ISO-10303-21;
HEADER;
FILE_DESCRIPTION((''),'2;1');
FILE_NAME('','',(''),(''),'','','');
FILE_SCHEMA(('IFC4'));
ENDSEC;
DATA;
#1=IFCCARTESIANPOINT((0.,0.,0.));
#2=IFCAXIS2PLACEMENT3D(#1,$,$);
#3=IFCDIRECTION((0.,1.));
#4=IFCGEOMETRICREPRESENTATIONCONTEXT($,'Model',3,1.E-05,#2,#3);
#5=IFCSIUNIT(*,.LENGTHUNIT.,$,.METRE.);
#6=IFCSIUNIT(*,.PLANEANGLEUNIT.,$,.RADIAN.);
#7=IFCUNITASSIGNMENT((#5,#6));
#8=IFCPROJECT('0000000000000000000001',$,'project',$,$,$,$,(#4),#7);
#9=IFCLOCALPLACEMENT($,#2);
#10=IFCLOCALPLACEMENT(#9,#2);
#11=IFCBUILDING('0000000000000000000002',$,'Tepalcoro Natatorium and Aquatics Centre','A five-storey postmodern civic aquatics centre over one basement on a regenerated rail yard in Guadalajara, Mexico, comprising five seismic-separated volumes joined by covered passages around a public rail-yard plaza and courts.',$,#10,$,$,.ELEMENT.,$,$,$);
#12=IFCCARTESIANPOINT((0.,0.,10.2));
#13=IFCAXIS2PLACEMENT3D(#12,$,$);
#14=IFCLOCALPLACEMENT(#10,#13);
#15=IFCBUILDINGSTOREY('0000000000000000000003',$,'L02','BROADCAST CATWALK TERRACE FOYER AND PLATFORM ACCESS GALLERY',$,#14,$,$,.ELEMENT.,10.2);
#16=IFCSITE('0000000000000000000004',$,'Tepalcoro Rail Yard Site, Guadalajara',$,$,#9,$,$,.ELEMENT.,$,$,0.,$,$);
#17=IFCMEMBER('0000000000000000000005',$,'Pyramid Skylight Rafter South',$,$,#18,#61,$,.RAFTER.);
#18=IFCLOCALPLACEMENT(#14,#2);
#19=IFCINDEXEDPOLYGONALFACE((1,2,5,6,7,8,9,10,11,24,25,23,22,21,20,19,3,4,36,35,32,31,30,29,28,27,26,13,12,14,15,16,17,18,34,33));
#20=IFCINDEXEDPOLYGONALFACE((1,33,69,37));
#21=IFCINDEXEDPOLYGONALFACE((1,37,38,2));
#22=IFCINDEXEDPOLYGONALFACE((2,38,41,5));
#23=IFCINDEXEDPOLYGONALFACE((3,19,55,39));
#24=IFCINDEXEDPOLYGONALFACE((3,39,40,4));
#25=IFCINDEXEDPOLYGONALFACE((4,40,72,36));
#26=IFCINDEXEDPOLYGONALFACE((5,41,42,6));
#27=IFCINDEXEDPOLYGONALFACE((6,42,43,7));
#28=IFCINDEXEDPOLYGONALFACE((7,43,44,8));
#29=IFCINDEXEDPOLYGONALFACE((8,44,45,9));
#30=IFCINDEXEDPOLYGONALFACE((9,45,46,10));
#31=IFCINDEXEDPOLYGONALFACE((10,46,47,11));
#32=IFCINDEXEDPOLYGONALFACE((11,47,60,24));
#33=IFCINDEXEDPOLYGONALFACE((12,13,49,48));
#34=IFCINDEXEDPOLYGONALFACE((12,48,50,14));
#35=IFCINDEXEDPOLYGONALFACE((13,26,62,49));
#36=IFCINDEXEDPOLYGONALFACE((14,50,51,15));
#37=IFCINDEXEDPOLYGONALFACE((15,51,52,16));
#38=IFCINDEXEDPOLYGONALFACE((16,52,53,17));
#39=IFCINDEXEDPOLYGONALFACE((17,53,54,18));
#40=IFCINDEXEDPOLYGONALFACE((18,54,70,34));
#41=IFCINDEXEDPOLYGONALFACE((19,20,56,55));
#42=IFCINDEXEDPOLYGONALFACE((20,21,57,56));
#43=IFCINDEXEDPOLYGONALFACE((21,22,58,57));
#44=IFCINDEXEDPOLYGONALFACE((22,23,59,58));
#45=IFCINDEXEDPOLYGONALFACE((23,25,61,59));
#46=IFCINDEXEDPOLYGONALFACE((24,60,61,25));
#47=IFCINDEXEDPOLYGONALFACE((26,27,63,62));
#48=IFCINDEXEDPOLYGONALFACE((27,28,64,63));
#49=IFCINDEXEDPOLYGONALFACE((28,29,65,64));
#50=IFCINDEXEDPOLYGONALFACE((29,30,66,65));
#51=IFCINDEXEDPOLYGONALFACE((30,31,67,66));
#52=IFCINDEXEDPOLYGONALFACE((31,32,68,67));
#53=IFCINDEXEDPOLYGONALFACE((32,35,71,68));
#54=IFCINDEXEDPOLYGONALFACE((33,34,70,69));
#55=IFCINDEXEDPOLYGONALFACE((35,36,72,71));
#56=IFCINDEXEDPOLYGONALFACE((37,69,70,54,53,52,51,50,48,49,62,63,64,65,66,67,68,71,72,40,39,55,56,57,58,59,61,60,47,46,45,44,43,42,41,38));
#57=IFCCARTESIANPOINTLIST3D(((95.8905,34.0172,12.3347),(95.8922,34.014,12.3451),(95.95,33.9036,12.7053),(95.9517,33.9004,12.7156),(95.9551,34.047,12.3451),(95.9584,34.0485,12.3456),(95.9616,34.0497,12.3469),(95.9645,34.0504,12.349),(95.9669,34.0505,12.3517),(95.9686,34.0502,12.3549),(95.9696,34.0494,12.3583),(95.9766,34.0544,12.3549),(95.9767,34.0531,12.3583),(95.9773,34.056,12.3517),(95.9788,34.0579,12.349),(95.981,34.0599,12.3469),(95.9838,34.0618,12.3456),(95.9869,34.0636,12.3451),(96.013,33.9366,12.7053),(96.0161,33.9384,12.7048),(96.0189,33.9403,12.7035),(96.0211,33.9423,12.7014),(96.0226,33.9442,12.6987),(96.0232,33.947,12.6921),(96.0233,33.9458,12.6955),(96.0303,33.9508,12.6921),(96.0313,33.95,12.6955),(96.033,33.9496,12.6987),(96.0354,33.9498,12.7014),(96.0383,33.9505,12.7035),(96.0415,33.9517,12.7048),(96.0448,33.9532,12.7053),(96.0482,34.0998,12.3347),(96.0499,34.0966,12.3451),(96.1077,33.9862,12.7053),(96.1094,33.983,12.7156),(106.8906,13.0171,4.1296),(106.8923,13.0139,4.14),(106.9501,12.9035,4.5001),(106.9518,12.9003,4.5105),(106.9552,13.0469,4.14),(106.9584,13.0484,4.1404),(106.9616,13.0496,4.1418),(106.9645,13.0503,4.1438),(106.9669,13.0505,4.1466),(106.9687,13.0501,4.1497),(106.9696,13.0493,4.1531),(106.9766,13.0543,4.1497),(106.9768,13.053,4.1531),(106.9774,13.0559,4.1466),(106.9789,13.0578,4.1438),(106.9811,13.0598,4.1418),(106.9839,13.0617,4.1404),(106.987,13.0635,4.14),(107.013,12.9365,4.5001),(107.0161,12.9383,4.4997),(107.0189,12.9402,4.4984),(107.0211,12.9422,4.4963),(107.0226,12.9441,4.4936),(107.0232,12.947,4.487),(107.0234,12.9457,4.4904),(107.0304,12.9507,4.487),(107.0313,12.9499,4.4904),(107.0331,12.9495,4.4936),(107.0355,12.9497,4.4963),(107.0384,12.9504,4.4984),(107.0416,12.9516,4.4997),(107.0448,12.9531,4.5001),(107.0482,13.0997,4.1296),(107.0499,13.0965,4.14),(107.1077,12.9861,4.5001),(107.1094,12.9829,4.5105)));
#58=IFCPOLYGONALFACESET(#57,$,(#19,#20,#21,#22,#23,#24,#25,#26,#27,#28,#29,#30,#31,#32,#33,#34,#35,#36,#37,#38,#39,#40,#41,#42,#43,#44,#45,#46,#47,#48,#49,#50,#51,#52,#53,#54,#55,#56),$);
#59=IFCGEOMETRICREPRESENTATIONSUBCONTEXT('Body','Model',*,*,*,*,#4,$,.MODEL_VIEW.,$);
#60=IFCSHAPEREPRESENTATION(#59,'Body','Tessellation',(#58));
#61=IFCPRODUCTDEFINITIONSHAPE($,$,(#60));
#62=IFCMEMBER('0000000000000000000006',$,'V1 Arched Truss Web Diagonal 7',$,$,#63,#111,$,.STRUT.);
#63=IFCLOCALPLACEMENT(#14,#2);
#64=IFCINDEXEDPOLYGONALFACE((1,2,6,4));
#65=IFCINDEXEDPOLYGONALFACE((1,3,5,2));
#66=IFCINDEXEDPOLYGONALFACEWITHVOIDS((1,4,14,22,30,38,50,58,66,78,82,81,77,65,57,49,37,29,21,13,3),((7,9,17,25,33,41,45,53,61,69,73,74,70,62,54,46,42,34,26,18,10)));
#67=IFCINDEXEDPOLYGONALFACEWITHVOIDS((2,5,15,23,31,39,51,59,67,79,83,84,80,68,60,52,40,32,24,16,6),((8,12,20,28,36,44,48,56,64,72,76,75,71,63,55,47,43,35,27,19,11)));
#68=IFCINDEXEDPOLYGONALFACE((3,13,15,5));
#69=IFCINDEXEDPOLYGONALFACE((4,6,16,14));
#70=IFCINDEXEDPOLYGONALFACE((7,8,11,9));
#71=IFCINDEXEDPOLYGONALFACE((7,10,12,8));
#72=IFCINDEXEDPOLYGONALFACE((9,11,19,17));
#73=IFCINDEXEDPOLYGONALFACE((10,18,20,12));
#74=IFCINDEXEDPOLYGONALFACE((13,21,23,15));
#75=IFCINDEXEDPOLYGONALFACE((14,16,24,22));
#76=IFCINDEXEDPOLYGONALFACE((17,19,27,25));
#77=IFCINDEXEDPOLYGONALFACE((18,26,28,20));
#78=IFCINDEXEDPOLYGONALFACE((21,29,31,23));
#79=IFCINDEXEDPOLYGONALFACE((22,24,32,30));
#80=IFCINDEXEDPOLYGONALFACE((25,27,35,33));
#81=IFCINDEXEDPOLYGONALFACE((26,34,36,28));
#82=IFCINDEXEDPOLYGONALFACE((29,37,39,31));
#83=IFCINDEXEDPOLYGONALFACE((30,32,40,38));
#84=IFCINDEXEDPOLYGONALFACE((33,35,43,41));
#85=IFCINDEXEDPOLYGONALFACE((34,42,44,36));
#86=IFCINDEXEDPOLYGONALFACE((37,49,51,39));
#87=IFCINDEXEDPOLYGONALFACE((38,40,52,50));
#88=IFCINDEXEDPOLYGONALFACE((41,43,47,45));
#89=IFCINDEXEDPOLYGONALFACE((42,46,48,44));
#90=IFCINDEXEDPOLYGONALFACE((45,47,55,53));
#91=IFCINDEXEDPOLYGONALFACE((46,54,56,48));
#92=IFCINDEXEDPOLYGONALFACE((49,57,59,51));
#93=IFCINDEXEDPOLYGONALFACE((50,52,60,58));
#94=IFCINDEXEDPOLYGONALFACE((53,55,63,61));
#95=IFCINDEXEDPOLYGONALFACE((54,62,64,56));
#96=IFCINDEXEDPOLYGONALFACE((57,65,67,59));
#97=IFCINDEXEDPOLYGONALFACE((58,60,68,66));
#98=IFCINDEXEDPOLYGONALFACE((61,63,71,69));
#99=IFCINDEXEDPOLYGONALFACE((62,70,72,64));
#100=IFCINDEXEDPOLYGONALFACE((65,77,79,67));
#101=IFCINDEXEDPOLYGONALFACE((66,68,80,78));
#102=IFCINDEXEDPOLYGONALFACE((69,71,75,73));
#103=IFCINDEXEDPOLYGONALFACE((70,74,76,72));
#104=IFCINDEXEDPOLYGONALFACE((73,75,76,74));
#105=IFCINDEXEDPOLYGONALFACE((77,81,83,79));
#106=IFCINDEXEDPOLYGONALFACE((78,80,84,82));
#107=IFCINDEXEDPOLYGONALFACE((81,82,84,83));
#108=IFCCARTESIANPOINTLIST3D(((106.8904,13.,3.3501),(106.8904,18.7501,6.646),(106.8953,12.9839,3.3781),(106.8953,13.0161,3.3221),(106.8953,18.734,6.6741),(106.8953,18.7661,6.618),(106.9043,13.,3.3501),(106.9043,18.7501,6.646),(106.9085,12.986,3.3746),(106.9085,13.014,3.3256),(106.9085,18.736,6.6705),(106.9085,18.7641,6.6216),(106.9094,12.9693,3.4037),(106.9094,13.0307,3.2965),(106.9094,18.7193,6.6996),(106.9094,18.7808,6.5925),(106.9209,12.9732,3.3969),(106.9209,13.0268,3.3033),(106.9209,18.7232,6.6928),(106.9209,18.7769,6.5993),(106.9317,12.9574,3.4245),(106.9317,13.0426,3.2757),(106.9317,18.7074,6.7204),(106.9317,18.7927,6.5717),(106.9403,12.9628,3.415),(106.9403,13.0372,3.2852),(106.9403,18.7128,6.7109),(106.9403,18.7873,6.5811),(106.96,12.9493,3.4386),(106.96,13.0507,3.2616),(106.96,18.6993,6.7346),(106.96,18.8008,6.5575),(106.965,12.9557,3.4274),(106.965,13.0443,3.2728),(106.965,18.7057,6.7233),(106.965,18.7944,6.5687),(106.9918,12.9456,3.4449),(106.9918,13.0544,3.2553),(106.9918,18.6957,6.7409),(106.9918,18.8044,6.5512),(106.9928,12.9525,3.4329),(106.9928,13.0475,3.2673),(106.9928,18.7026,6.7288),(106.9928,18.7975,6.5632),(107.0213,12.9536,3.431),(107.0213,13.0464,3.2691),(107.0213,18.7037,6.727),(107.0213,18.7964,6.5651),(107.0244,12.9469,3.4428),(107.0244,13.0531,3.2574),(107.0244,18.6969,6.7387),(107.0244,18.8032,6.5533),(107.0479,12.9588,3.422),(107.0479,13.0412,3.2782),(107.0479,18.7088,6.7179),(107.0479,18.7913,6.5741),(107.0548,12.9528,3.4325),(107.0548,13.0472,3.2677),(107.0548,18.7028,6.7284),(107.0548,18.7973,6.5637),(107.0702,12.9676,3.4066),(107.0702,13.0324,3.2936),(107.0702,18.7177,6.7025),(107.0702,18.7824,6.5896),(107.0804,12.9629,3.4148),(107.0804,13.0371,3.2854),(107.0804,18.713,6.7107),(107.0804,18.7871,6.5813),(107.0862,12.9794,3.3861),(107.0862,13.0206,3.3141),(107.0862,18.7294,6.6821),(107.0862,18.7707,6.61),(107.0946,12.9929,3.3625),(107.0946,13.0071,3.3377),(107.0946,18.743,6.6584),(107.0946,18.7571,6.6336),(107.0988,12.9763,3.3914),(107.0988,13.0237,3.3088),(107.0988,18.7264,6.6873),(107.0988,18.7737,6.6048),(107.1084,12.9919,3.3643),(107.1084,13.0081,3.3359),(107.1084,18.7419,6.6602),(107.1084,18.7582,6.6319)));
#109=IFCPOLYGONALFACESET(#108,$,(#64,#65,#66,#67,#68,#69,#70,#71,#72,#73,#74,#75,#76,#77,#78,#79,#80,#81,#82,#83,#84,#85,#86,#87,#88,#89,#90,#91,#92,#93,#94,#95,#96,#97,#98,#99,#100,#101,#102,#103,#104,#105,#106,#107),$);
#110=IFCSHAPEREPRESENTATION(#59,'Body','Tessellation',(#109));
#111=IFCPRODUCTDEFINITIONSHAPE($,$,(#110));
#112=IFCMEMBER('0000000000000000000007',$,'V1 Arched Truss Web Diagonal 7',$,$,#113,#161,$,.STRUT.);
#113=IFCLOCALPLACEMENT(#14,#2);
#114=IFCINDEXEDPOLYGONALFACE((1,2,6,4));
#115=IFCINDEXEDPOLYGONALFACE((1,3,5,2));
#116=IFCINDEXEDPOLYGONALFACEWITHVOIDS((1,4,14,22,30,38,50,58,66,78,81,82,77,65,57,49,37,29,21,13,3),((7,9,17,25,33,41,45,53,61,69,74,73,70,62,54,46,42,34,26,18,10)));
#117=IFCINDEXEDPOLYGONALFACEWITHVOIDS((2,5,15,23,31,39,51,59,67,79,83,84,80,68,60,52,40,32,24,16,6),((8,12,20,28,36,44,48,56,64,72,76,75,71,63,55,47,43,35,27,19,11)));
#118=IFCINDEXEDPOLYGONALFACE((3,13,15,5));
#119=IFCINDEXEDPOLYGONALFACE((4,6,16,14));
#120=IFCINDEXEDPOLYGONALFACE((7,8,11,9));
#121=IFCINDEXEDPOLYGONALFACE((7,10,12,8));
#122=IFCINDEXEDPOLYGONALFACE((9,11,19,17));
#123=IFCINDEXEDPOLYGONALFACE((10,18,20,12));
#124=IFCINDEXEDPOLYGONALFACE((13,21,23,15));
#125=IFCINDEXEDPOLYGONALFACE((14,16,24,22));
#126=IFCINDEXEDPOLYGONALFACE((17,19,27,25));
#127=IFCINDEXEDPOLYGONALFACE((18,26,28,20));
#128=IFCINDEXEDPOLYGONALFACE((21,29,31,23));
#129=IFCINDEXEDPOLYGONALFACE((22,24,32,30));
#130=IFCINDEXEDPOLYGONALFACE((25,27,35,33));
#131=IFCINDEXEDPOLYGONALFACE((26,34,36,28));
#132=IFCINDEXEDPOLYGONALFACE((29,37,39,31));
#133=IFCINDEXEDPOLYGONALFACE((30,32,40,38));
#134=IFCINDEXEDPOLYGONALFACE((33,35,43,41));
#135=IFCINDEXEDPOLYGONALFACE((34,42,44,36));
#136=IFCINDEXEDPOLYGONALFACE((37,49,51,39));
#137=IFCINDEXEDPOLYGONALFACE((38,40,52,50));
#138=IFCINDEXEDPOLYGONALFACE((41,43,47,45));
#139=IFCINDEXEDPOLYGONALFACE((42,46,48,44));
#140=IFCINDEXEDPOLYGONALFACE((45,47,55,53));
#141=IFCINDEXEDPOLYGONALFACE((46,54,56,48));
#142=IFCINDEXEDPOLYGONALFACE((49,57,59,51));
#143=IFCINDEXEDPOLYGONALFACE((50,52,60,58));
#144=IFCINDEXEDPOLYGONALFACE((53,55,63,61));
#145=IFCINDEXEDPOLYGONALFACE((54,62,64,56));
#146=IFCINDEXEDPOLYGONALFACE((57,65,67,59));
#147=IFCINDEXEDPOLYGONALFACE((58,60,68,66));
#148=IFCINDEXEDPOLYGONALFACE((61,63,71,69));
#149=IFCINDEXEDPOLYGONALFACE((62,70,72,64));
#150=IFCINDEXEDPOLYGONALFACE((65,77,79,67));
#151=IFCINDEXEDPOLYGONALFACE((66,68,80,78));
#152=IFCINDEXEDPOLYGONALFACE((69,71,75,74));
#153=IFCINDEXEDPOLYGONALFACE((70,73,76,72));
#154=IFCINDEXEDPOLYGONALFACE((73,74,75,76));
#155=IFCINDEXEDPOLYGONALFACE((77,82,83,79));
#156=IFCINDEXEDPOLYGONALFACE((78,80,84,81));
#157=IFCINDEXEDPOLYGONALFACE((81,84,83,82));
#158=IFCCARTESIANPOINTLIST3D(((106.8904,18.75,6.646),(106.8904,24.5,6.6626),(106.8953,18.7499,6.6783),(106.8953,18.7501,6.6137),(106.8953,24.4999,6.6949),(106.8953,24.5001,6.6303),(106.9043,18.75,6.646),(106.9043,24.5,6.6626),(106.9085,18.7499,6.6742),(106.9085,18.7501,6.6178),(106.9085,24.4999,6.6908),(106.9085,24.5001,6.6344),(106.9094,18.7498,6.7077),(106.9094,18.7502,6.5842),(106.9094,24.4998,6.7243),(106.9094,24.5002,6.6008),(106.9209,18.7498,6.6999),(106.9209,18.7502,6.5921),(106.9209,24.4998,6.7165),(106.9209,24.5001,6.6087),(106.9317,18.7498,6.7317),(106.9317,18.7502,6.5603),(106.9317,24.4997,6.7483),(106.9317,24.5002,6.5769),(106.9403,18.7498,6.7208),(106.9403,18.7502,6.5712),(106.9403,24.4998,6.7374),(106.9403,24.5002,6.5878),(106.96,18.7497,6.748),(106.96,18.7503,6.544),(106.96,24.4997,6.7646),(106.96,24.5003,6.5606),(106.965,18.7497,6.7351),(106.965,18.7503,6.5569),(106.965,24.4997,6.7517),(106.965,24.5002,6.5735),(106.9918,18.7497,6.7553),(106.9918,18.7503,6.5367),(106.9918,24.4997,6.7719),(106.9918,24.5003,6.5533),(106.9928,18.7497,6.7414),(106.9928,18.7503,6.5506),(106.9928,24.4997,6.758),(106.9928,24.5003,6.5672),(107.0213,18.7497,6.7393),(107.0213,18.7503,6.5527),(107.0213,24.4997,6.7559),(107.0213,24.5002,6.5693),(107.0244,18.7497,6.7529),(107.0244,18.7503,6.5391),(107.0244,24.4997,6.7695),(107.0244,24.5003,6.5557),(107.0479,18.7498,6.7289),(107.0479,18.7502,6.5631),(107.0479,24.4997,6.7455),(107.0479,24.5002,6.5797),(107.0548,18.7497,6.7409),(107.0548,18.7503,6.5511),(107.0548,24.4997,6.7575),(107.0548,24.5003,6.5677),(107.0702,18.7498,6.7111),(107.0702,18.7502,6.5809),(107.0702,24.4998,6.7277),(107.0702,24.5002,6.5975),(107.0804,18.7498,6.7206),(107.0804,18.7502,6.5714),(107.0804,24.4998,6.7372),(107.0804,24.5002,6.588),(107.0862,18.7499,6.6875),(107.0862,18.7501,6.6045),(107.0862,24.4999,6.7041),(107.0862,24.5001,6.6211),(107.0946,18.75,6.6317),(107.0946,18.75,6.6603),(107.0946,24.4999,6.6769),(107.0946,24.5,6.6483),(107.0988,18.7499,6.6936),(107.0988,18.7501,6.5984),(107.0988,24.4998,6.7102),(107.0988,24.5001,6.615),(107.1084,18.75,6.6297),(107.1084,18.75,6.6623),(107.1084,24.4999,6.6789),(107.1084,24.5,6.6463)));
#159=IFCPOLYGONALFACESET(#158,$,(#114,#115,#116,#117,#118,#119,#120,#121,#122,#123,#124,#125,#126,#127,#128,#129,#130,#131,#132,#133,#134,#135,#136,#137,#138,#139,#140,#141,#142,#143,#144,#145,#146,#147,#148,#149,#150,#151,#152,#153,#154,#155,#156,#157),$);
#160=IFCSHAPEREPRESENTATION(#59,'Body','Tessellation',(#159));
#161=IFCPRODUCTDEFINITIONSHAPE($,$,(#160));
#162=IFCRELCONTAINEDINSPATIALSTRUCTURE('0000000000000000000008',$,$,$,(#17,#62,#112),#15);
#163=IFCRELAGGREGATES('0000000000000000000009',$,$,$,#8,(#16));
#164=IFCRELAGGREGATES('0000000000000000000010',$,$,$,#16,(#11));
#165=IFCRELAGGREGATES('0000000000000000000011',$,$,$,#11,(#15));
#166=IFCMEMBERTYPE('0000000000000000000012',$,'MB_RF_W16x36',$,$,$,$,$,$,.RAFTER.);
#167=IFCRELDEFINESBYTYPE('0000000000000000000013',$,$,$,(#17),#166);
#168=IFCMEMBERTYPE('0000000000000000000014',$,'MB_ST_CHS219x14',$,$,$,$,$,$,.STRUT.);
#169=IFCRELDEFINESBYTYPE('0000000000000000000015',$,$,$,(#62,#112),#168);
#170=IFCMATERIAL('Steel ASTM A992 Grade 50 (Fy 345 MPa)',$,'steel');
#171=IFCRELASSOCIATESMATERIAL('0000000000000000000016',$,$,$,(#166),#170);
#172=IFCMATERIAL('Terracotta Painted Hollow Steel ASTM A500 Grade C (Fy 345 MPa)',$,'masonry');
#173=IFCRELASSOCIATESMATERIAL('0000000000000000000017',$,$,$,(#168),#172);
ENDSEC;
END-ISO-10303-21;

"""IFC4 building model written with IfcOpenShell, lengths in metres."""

from ifc_helpers import new_model, si_unit, direction, frame, origin, origin_2d, place, context, subcontext, project, spatial, hollow_circle, i_section, extrude, material, material_profile, profile_set, type_object, element, save


model = new_model("IFC4")

# Units and contexts
model_context = context("Model", 3, precision=1e-05, world=origin(), true_north=direction((0.0, 1.0)))
body_context = subcontext(model_context, "Body", "Model", "MODEL_VIEW")
ifc_project = project(units=[si_unit("LENGTHUNIT", "METRE"), si_unit("PLANEANGLEUNIT", "RADIAN")], contexts=[model_context])

# Site, building, storey
site_placement = place(None, origin())
site = spatial("IfcSite", under=ifc_project, at=site_placement, Name="Tepalcoro Rail Yard Site, Guadalajara", CompositionType="ELEMENT", RefElevation=0.0)
building_placement = place(site_placement, origin())
building = spatial("IfcBuilding", under=site, at=building_placement, Name="Tepalcoro Natatorium and Aquatics Centre", Description="A five-storey postmodern civic aquatics centre over one basement on a regenerated rail yard in Guadalajara, Mexico, comprising five seismic-separated volumes joined by covered passages around a public rail-yard plaza and courts.", CompositionType="ELEMENT")
storey_placement = place(building_placement, frame((0.0, 0.0, 10.2)))
storey = spatial("IfcBuildingStorey", under=building, at=storey_placement, Name="L02", Description="BROADCAST CATWALK TERRACE FOYER AND PLATFORM ACCESS GALLERY", CompositionType="ELEMENT", Elevation=10.2)

# Shared definitions
ifc_material_1 = material(Name="Steel ASTM A992 Grade 50 (Fy 345 MPa)", Category="steel")

# Shared definitions
ifc_material_2 = material(Name="Terracotta Painted Hollow Steel ASTM A500 Grade C (Fy 345 MPa)", Category="masonry")

# Members
ifc_material_profile_1 = material_profile(ifc_material_1, i_section(OverallWidth=0.178, OverallDepth=0.4031, WebThickness=0.0081, FlangeThickness=0.011, FilletRadius=0.0139, at=origin_2d()), Name="W16X36")
ifc_profile_set_1 = profile_set([ifc_material_profile_1], Name="Steel ASTM A992 Grade 50 (Fy 345 MPa)")
member_type_1 = type_object("IfcMemberType", Name="MB_RF_W16x36", PredefinedType="RAFTER", material=ifc_profile_set_1)
member_1_placement = place(storey_placement, frame((107.0, 13.0, 4.3201), z_axis=(-0.438486, 0.83711, 0.327074), x_axis=(-0.885832, -0.464007, 0.0)))
element("IfcMember", 1, at=member_1_placement, inside=storey, type_object=member_type_1, Name="Pyramid Skylight Rafter South", PredefinedType="RAFTER", context=body_context, shape_type="SweptSolid", body=[
    extrude(i_section(OverallWidth=0.178, OverallDepth=0.4031, WebThickness=0.0081, FlangeThickness=0.011, FilletRadius=0.0139, at=origin_2d()), origin(), (0.0, 0.0, 1.0), 25.0864),
])
ifc_material_profile_2 = material_profile(ifc_material_2, hollow_circle(Radius=0.1096, WallThickness=0.0139, at=origin_2d()), Name="CHS219X14")
ifc_profile_set_2 = profile_set([ifc_material_profile_2], Name="Terracotta Painted Hollow Steel ASTM A500 Grade C (Fy 345 MPa)")
member_type_2 = type_object("IfcMemberType", Name="MB_ST_CHS219x14", PredefinedType="STRUT", material=ifc_profile_set_2)
member_2_placement = place(storey_placement, frame((107.0, 13.0, 3.3501), z_axis=(0.0, 0.86758, 0.497297), x_axis=(-1.0, 0.0, 0.0)))
element("IfcMember", 2, at=member_2_placement, inside=storey, type_object=member_type_2, Name="V1 Arched Truss Web Diagonal 7", PredefinedType="STRUT", context=body_context, shape_type="SweptSolid", body=[
    extrude(hollow_circle(Radius=0.1096, WallThickness=0.0139, at=origin_2d()), origin(), (0.0, 0.0, 1.0), 6.6277),
])
member_3_placement = place(storey_placement, frame((107.0, 18.75, 6.646), z_axis=(0.0, 0.999996, 0.002887), x_axis=(-1.0, 0.0, 0.0)))
element("IfcMember", 3, at=member_3_placement, inside=storey, type_object=member_type_2, Name="V1 Arched Truss Web Diagonal 7", PredefinedType="STRUT", context=body_context, shape_type="SweptSolid", body=[
    extrude(hollow_circle(Radius=0.1096, WallThickness=0.0139, at=origin_2d()), origin(), (0.0, 0.0, 1.0), 5.75),
])

save(model, "model.ifc")
